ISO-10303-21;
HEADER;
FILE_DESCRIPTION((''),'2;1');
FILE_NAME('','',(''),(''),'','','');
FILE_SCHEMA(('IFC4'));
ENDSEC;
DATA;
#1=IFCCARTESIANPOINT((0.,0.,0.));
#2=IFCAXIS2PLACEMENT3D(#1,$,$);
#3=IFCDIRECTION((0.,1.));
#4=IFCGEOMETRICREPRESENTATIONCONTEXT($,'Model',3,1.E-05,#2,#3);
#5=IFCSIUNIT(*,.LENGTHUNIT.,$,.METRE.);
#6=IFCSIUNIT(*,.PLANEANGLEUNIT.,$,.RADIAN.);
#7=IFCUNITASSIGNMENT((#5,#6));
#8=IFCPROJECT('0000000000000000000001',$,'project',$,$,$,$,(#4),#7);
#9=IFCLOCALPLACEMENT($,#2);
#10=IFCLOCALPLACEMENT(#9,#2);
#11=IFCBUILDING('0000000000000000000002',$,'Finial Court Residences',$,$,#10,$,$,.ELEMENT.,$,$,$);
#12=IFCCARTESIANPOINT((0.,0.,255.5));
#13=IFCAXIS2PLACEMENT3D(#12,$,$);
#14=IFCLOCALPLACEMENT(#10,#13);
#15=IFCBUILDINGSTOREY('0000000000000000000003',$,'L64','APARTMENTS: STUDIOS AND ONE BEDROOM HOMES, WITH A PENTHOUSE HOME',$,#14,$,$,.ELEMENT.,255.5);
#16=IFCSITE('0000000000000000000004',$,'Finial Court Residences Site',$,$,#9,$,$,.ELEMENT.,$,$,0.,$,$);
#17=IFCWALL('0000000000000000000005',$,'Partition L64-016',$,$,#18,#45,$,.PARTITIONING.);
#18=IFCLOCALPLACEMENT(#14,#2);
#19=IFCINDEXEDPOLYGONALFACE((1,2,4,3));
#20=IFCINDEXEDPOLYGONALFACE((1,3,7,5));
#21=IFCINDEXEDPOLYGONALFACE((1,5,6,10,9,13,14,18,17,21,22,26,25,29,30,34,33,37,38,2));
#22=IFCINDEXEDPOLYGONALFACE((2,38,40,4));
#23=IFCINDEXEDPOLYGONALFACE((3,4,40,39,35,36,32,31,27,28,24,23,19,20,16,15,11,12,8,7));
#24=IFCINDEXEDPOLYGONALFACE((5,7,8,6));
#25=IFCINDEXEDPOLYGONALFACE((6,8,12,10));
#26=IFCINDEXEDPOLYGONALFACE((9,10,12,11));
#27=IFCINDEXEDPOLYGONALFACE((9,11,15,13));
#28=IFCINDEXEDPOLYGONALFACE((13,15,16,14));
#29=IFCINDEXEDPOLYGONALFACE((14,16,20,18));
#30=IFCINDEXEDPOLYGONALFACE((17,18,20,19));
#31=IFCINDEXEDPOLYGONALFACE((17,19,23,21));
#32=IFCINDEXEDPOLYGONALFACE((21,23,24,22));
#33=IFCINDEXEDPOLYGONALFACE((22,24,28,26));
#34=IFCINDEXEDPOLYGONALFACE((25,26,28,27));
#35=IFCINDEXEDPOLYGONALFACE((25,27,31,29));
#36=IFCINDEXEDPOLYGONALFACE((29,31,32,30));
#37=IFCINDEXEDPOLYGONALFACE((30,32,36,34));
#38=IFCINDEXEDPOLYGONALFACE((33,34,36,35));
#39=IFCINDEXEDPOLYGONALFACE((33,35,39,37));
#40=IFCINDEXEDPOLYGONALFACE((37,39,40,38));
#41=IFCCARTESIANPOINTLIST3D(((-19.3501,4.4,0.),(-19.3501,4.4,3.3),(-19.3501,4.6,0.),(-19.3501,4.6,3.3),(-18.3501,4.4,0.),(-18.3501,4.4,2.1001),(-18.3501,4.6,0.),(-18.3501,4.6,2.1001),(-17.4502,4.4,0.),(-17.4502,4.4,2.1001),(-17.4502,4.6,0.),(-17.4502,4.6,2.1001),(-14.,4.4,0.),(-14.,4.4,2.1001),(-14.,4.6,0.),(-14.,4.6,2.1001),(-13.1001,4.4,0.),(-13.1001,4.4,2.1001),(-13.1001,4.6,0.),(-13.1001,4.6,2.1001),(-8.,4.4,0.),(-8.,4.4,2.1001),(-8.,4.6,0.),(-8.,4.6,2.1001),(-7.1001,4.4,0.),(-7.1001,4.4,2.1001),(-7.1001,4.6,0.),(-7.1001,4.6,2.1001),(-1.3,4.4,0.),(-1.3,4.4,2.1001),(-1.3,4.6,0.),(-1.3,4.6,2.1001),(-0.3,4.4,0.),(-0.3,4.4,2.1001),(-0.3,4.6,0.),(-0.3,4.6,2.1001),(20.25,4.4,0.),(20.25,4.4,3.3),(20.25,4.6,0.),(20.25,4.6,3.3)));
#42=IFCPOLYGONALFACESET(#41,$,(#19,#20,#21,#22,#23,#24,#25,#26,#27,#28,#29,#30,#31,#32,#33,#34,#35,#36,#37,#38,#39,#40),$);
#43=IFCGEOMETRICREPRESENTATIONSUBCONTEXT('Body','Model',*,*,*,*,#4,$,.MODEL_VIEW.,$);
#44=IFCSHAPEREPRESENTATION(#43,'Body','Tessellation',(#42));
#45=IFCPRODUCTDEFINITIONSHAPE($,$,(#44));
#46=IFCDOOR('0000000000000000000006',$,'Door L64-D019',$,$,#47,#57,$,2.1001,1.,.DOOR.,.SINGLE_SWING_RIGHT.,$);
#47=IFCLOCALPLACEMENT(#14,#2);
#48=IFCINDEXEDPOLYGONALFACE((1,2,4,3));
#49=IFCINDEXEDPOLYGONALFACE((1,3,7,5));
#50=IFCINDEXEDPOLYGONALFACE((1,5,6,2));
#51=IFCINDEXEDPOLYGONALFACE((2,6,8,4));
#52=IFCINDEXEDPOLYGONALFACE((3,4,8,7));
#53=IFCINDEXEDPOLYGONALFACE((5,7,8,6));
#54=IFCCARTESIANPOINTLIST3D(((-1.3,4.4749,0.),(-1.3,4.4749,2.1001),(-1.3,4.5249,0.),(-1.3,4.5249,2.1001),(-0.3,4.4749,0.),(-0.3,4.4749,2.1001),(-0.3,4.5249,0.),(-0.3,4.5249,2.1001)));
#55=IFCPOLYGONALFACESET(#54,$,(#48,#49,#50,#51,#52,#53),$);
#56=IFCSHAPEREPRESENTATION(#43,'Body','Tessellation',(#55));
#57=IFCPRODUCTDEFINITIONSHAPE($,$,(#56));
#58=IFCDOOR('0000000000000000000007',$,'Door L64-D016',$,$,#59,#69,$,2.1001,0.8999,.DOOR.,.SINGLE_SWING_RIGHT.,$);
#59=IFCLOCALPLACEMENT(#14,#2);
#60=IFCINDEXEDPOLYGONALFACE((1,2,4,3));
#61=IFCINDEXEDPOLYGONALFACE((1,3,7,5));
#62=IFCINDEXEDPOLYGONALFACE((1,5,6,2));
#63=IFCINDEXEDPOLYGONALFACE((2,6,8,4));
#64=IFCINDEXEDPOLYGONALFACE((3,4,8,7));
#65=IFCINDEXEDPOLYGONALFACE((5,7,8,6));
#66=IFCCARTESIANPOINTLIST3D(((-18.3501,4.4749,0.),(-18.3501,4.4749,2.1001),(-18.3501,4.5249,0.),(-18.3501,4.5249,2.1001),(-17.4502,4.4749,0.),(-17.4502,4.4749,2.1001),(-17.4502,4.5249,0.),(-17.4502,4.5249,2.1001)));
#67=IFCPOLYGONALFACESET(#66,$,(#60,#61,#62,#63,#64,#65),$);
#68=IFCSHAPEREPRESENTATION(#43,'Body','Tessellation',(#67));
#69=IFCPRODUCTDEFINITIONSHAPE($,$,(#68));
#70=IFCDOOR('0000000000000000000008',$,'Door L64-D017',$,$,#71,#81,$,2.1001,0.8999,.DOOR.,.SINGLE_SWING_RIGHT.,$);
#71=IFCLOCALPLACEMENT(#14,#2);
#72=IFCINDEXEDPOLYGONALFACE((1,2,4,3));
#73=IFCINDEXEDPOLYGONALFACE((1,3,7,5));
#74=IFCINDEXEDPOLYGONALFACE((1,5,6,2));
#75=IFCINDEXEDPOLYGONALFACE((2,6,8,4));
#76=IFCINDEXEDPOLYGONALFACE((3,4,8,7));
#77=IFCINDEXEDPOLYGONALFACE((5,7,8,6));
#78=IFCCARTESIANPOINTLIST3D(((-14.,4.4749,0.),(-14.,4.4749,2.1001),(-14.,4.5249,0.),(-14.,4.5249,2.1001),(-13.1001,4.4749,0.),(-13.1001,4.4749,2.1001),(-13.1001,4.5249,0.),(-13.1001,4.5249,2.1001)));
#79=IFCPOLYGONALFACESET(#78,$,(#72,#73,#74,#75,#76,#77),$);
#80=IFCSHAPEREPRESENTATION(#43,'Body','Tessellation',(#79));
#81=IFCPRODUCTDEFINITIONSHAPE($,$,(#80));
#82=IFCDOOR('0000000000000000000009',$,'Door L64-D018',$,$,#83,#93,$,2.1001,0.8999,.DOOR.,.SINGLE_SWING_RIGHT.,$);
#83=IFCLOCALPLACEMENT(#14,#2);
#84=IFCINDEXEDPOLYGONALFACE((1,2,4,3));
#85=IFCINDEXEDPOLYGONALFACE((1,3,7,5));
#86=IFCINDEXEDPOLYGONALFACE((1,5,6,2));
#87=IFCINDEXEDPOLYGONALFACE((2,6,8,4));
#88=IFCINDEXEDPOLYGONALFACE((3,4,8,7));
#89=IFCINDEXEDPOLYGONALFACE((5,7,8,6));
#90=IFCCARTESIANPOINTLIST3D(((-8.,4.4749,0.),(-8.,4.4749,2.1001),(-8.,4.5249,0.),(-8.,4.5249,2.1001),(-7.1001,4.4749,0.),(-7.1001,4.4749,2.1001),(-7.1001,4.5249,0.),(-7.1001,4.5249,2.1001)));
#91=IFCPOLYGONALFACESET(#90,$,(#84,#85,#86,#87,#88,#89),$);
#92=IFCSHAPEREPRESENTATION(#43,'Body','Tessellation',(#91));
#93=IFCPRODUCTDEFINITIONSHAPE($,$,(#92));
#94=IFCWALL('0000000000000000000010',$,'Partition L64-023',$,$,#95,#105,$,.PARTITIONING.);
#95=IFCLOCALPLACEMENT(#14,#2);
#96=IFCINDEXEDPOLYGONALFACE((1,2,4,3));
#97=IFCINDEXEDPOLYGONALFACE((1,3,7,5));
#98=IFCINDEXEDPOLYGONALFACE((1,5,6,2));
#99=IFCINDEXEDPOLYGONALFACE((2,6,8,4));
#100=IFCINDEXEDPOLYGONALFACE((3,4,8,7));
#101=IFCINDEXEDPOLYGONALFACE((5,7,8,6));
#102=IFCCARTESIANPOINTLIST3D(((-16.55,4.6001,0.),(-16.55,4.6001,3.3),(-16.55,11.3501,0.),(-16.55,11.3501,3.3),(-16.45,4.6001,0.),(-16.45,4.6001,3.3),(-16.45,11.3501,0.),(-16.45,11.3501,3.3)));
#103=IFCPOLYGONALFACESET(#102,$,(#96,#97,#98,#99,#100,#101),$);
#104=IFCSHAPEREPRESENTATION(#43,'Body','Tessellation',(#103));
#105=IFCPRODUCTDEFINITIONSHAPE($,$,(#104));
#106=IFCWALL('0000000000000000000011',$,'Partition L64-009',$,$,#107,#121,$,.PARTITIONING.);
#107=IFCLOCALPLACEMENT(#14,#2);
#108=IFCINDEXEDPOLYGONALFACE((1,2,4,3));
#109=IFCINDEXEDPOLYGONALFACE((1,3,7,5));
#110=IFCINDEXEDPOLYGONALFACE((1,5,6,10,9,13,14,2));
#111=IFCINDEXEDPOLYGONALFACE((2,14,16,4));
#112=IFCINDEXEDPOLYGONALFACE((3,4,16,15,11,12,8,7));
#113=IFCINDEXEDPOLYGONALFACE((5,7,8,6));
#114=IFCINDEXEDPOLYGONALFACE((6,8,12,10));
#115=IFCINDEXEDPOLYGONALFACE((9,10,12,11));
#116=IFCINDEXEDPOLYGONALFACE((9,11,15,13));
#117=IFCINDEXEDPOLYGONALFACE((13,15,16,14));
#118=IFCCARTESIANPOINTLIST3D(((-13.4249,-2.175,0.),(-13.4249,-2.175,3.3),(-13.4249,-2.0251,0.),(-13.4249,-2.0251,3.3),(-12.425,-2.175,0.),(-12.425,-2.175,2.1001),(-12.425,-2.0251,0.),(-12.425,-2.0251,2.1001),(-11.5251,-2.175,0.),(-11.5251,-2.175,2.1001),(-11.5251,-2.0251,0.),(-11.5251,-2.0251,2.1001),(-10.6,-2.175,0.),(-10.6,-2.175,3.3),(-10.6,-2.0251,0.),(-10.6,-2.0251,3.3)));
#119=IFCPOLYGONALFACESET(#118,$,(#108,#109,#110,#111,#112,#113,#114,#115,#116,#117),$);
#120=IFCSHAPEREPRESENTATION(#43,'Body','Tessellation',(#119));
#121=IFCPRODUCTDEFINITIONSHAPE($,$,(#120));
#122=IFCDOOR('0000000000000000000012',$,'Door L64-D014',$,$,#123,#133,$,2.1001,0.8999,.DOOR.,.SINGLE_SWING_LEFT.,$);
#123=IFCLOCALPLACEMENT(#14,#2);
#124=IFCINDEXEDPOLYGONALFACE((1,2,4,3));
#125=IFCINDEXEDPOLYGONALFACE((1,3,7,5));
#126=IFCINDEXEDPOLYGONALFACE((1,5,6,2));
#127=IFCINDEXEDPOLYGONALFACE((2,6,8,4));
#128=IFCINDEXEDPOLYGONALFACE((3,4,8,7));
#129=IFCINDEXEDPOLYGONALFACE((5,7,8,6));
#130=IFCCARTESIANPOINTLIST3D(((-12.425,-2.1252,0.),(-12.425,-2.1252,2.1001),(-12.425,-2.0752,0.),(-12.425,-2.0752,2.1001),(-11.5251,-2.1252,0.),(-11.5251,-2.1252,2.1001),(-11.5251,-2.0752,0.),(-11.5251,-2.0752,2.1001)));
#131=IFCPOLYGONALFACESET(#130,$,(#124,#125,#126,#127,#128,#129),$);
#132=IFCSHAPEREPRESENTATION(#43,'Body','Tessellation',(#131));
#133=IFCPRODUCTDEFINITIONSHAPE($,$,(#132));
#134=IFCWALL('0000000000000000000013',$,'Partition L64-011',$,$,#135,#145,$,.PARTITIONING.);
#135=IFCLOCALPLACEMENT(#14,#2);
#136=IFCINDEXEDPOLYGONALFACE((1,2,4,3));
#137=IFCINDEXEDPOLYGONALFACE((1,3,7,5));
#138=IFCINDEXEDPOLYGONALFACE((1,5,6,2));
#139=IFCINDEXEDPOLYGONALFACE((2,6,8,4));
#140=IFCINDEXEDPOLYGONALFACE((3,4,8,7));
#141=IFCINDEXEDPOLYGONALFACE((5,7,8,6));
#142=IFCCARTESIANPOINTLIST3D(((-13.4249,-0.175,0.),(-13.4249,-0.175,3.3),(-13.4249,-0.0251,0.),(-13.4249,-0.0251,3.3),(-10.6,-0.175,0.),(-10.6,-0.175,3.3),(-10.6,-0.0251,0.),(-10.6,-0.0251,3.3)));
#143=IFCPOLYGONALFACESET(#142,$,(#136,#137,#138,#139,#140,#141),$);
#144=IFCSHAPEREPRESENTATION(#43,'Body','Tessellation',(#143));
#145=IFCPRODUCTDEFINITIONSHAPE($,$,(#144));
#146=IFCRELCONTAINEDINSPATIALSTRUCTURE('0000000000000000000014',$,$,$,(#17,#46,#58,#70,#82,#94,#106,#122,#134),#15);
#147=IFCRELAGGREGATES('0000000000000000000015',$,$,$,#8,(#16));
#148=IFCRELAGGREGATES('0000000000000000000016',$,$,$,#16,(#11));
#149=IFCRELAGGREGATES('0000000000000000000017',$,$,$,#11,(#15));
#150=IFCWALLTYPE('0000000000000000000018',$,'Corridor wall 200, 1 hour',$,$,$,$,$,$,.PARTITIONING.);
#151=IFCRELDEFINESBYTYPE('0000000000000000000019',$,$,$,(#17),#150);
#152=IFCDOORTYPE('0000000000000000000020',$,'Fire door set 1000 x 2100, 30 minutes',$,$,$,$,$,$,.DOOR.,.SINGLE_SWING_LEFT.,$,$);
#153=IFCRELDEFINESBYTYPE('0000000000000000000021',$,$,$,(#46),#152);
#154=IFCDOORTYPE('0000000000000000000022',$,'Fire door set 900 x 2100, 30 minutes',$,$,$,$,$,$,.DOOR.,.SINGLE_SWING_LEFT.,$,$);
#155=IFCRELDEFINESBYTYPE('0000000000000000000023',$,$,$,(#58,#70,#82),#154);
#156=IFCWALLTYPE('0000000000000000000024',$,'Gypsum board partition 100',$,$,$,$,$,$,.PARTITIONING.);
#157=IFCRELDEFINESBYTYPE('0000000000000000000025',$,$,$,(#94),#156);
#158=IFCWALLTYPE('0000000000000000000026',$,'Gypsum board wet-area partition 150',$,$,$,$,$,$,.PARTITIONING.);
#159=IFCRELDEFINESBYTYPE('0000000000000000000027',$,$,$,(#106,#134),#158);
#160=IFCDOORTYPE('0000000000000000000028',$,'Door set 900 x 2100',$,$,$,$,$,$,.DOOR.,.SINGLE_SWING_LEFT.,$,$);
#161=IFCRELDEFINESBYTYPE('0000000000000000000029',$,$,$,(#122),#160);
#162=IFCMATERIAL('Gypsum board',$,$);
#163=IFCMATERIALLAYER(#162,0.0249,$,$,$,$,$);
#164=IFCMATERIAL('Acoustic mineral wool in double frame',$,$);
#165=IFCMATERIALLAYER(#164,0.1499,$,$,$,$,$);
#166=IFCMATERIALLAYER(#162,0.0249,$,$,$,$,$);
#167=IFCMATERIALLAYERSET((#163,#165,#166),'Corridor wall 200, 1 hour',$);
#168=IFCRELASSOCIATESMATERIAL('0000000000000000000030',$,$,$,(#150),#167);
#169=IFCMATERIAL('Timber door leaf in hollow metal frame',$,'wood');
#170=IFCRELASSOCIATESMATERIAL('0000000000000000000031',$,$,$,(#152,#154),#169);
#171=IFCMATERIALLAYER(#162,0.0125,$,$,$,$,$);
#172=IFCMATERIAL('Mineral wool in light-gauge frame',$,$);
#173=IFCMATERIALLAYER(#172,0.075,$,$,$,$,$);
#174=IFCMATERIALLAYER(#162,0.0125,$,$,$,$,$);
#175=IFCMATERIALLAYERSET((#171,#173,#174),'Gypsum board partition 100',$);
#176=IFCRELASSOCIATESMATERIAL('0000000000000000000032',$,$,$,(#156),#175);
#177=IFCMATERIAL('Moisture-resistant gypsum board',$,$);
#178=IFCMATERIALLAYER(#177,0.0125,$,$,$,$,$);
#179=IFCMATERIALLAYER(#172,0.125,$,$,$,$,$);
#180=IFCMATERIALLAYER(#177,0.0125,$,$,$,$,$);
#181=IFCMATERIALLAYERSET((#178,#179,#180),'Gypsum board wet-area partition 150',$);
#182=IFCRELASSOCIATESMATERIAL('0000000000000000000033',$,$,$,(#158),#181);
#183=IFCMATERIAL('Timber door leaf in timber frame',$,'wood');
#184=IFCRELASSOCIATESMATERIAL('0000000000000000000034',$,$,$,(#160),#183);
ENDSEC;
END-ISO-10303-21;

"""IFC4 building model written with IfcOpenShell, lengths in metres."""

from ifc_helpers import new_model, si_unit, direction, frame, frame_2d, origin, place, context, subcontext, project, spatial, rectangle, extrude, material, layer, layer_set, type_object, element, fill, save


model = new_model("IFC4")

# Units and contexts
model_context = context("Model", 3, precision=1e-05, world=origin(), true_north=direction((0.0, 1.0)))
body_context = subcontext(model_context, "Body", "Model", "MODEL_VIEW")
ifc_project = project(units=[si_unit("LENGTHUNIT", "METRE"), si_unit("PLANEANGLEUNIT", "RADIAN")], contexts=[model_context])

# Site, building, storey
site_placement = place(None, origin())
site = spatial("IfcSite", under=ifc_project, at=site_placement, Name="Finial Court Residences Site", CompositionType="ELEMENT", RefElevation=0.0)
building_placement = place(site_placement, origin())
building = spatial("IfcBuilding", under=site, at=building_placement, Name="Finial Court Residences", CompositionType="ELEMENT")
storey_placement = place(building_placement, frame((0.0, 0.0, 255.5)))
storey = spatial("IfcBuildingStorey", under=building, at=storey_placement, Name="L64", Description="APARTMENTS: STUDIOS AND ONE BEDROOM HOMES, WITH A PENTHOUSE HOME", CompositionType="ELEMENT", Elevation=255.5)

# Shared definitions
ifc_material_1 = material(Name="Gypsum board")
ifc_layer_1 = layer(ifc_material_1, 0.0249)
ifc_material_2 = material(Name="Acoustic mineral wool in double frame")
ifc_layer_2 = layer(ifc_material_2, 0.1499)
ifc_layer_3 = layer(ifc_material_1, 0.0249)
ifc_layer_set_1 = layer_set([ifc_layer_1, ifc_layer_2, ifc_layer_3], Name="Corridor wall 200, 1 hour")
wall_type_1 = type_object("IfcWallType", Name="Corridor wall 200, 1 hour", PredefinedType="PARTITIONING", material=ifc_layer_set_1)

# Wall, openings, doors
wall_1_placement = place(storey_placement, frame((-19.3501, 4.5, 0.0), z_axis=(0.0, 0.0, 1.0), x_axis=(1.0, 0.0, 0.0)))
wall_1 = element("IfcWall", 1, at=wall_1_placement, inside=storey, type_object=wall_type_1, Name="Partition L64-016", PredefinedType="PARTITIONING", context=body_context, shape_type="SweptSolid", body=[
    extrude(rectangle(XDim=39.6001, YDim=0.2, at=frame_2d((19.8, 0.0))), origin(), (0.0, 0.0, 1.0), 3.3),
])
opening_1_placement = place(wall_1_placement, frame((1.0, 0.0, 0.0)))
opening_1 = element("IfcOpeningElement", 2, at=opening_1_placement, cuts=wall_1, PredefinedType="OPENING", context=body_context, shape_type="SweptSolid", body=[
    extrude(rectangle(XDim=0.8999, YDim=2.1001, at=frame_2d((0.45, 1.05))), frame((0.0, 0.1099, 0.0), z_axis=(0.0, -1.0, 0.0), x_axis=(1.0, 0.0, 0.0)), (0.0, 0.0, 1.0), 0.22),
])
opening_2_placement = place(wall_1_placement, frame((5.3501, 0.0, 0.0)))
opening_2 = element("IfcOpeningElement", 3, at=opening_2_placement, cuts=wall_1, PredefinedType="OPENING", context=body_context, shape_type="SweptSolid", body=[
    extrude(rectangle(XDim=0.8999, YDim=2.1001, at=frame_2d((0.45, 1.05))), frame((0.0, 0.1099, 0.0), z_axis=(0.0, -1.0, 0.0), x_axis=(1.0, 0.0, 0.0)), (0.0, 0.0, 1.0), 0.22),
])
opening_3_placement = place(wall_1_placement, frame((11.3501, 0.0, 0.0)))
opening_3 = element("IfcOpeningElement", 4, at=opening_3_placement, cuts=wall_1, PredefinedType="OPENING", context=body_context, shape_type="SweptSolid", body=[
    extrude(rectangle(XDim=0.8999, YDim=2.1001, at=frame_2d((0.45, 1.05))), frame((0.0, 0.1099, 0.0), z_axis=(0.0, -1.0, 0.0), x_axis=(1.0, 0.0, 0.0)), (0.0, 0.0, 1.0), 0.22),
])
opening_4_placement = place(wall_1_placement, frame((18.05, 0.0, 0.0)))
opening_4 = element("IfcOpeningElement", 5, at=opening_4_placement, cuts=wall_1, PredefinedType="OPENING", context=body_context, shape_type="SweptSolid", body=[
    extrude(rectangle(XDim=1.0, YDim=2.1001, at=frame_2d((0.5, 1.05))), frame((0.0, 0.1099, 0.0), z_axis=(0.0, -1.0, 0.0), x_axis=(1.0, 0.0, 0.0)), (0.0, 0.0, 1.0), 0.22),
])
ifc_material_3 = material(Name="Timber door leaf in hollow metal frame", Category="wood")
door_type_1 = type_object("IfcDoorType", Name="Fire door set 1000 x 2100, 30 minutes", OperationType="SINGLE_SWING_LEFT", PredefinedType="DOOR", material=ifc_material_3)
door_1_placement = place(opening_4_placement, origin())
door_1 = element("IfcDoor", 6, at=door_1_placement, inside=storey, type_object=door_type_1, Name="Door L64-D019", OperationType="SINGLE_SWING_RIGHT", OverallHeight=2.1001, OverallWidth=1.0, PredefinedType="DOOR", context=body_context, shape_type="SweptSolid", body=[
    extrude(rectangle(XDim=1.0, YDim=2.1001, at=frame_2d((0.5, 1.05))), frame((0.0, 0.0249, 0.0), z_axis=(0.0, -1.0, 0.0), x_axis=(1.0, 0.0, 0.0)), (0.0, 0.0, 1.0), 0.05),
])
fill(opening_4, door_1)
door_type_2 = type_object("IfcDoorType", Name="Fire door set 900 x 2100, 30 minutes", OperationType="SINGLE_SWING_LEFT", PredefinedType="DOOR", material=ifc_material_3)
door_2_placement = place(opening_1_placement, origin())
door_2 = element("IfcDoor", 7, at=door_2_placement, inside=storey, type_object=door_type_2, Name="Door L64-D016", OperationType="SINGLE_SWING_RIGHT", OverallHeight=2.1001, OverallWidth=0.8999, PredefinedType="DOOR", context=body_context, shape_type="SweptSolid", body=[
    extrude(rectangle(XDim=0.8999, YDim=2.1001, at=frame_2d((0.45, 1.05))), frame((0.0, 0.0249, 0.0), z_axis=(0.0, -1.0, 0.0), x_axis=(1.0, 0.0, 0.0)), (0.0, 0.0, 1.0), 0.05),
])
fill(opening_1, door_2)
door_3_placement = place(opening_2_placement, origin())
door_3 = element("IfcDoor", 8, at=door_3_placement, inside=storey, type_object=door_type_2, Name="Door L64-D017", OperationType="SINGLE_SWING_RIGHT", OverallHeight=2.1001, OverallWidth=0.8999, PredefinedType="DOOR", context=body_context, shape_type="SweptSolid", body=[
    extrude(rectangle(XDim=0.8999, YDim=2.1001, at=frame_2d((0.45, 1.05))), frame((0.0, 0.0249, 0.0), z_axis=(0.0, -1.0, 0.0), x_axis=(1.0, 0.0, 0.0)), (0.0, 0.0, 1.0), 0.05),
])
fill(opening_2, door_3)
door_4_placement = place(opening_3_placement, origin())
door_4 = element("IfcDoor", 9, at=door_4_placement, inside=storey, type_object=door_type_2, Name="Door L64-D018", OperationType="SINGLE_SWING_RIGHT", OverallHeight=2.1001, OverallWidth=0.8999, PredefinedType="DOOR", context=body_context, shape_type="SweptSolid", body=[
    extrude(rectangle(XDim=0.8999, YDim=2.1001, at=frame_2d((0.45, 1.05))), frame((0.0, 0.0249, 0.0), z_axis=(0.0, -1.0, 0.0), x_axis=(1.0, 0.0, 0.0)), (0.0, 0.0, 1.0), 0.05),
])
fill(opening_3, door_4)

# Wall
ifc_layer_4 = layer(ifc_material_1, 0.0125)
ifc_material_4 = material(Name="Mineral wool in light-gauge frame")
ifc_layer_5 = layer(ifc_material_4, 0.075)
ifc_layer_6 = layer(ifc_material_1, 0.0125)
ifc_layer_set_2 = layer_set([ifc_layer_4, ifc_layer_5, ifc_layer_6], Name="Gypsum board partition 100")
wall_type_2 = type_object("IfcWallType", Name="Gypsum board partition 100", PredefinedType="PARTITIONING", material=ifc_layer_set_2)
wall_2_placement = place(storey_placement, frame((-16.5, 4.6001, 0.0), z_axis=(0.0, 0.0, 1.0), x_axis=(0.0, 1.0, 0.0)))
element("IfcWall", 10, at=wall_2_placement, inside=storey, type_object=wall_type_2, Name="Partition L64-023", PredefinedType="PARTITIONING", context=body_context, shape_type="SweptSolid", body=[
    extrude(rectangle(XDim=6.75, YDim=0.1001, at=frame_2d((3.375, 0.0))), origin(), (0.0, 0.0, 1.0), 3.3),
])

# Wall, opening, door
ifc_material_5 = material(Name="Moisture-resistant gypsum board")
ifc_layer_7 = layer(ifc_material_5, 0.0125)
ifc_layer_8 = layer(ifc_material_4, 0.125)
ifc_layer_9 = layer(ifc_material_5, 0.0125)
ifc_layer_set_3 = layer_set([ifc_layer_7, ifc_layer_8, ifc_layer_9], Name="Gypsum board wet-area partition 150")
wall_type_3 = type_object("IfcWallType", Name="Gypsum board wet-area partition 150", PredefinedType="PARTITIONING", material=ifc_layer_set_3)
wall_3_placement = place(storey_placement, frame((-13.425, -2.1001, 0.0), z_axis=(0.0, 0.0, 1.0), x_axis=(1.0, 0.0, 0.0)))
wall_3 = element("IfcWall", 11, at=wall_3_placement, inside=storey, type_object=wall_type_3, Name="Partition L64-009", PredefinedType="PARTITIONING", context=body_context, shape_type="SweptSolid", body=[
    extrude(rectangle(XDim=2.825, YDim=0.1499, at=frame_2d((1.4126, 0.0))), origin(), (0.0, 0.0, 1.0), 3.3),
])
opening_5_placement = place(wall_3_placement, frame((1.0, 0.0, 0.0)))
opening_5 = element("IfcOpeningElement", 12, at=opening_5_placement, cuts=wall_3, PredefinedType="OPENING", context=body_context, shape_type="SweptSolid", body=[
    extrude(rectangle(XDim=0.8999, YDim=2.1001, at=frame_2d((0.45, 1.05))), frame((0.0, 0.085, 0.0), z_axis=(0.0, -1.0, 0.0), x_axis=(1.0, 0.0, 0.0)), (0.0, 0.0, 1.0), 0.1699),
])
ifc_material_6 = material(Name="Timber door leaf in timber frame", Category="wood")
door_type_3 = type_object("IfcDoorType", Name="Door set 900 x 2100", OperationType="SINGLE_SWING_LEFT", PredefinedType="DOOR", material=ifc_material_6)
door_5_placement = place(opening_5_placement, origin())
door_5 = element("IfcDoor", 13, at=door_5_placement, inside=storey, type_object=door_type_3, Name="Door L64-D014", OperationType="SINGLE_SWING_LEFT", OverallHeight=2.1001, OverallWidth=0.8999, PredefinedType="DOOR", context=body_context, shape_type="SweptSolid", body=[
    extrude(rectangle(XDim=0.8999, YDim=2.1001, at=frame_2d((0.45, 1.05))), frame((0.0, 0.0249, 0.0), z_axis=(0.0, -1.0, 0.0), x_axis=(1.0, 0.0, 0.0)), (0.0, 0.0, 1.0), 0.05),
])
fill(opening_5, door_5)

# Wall
wall_4_placement = place(storey_placement, frame((-13.425, -0.1001, 0.0), z_axis=(0.0, 0.0, 1.0), x_axis=(1.0, 0.0, 0.0)))
element("IfcWall", 14, at=wall_4_placement, inside=storey, type_object=wall_type_3, Name="Partition L64-011", PredefinedType="PARTITIONING", context=body_context, shape_type="SweptSolid", body=[
    extrude(rectangle(XDim=2.825, YDim=0.1499, at=frame_2d((1.4126, 0.0))), origin(), (0.0, 0.0, 1.0), 3.3),
])

save(model, "model.ifc")
